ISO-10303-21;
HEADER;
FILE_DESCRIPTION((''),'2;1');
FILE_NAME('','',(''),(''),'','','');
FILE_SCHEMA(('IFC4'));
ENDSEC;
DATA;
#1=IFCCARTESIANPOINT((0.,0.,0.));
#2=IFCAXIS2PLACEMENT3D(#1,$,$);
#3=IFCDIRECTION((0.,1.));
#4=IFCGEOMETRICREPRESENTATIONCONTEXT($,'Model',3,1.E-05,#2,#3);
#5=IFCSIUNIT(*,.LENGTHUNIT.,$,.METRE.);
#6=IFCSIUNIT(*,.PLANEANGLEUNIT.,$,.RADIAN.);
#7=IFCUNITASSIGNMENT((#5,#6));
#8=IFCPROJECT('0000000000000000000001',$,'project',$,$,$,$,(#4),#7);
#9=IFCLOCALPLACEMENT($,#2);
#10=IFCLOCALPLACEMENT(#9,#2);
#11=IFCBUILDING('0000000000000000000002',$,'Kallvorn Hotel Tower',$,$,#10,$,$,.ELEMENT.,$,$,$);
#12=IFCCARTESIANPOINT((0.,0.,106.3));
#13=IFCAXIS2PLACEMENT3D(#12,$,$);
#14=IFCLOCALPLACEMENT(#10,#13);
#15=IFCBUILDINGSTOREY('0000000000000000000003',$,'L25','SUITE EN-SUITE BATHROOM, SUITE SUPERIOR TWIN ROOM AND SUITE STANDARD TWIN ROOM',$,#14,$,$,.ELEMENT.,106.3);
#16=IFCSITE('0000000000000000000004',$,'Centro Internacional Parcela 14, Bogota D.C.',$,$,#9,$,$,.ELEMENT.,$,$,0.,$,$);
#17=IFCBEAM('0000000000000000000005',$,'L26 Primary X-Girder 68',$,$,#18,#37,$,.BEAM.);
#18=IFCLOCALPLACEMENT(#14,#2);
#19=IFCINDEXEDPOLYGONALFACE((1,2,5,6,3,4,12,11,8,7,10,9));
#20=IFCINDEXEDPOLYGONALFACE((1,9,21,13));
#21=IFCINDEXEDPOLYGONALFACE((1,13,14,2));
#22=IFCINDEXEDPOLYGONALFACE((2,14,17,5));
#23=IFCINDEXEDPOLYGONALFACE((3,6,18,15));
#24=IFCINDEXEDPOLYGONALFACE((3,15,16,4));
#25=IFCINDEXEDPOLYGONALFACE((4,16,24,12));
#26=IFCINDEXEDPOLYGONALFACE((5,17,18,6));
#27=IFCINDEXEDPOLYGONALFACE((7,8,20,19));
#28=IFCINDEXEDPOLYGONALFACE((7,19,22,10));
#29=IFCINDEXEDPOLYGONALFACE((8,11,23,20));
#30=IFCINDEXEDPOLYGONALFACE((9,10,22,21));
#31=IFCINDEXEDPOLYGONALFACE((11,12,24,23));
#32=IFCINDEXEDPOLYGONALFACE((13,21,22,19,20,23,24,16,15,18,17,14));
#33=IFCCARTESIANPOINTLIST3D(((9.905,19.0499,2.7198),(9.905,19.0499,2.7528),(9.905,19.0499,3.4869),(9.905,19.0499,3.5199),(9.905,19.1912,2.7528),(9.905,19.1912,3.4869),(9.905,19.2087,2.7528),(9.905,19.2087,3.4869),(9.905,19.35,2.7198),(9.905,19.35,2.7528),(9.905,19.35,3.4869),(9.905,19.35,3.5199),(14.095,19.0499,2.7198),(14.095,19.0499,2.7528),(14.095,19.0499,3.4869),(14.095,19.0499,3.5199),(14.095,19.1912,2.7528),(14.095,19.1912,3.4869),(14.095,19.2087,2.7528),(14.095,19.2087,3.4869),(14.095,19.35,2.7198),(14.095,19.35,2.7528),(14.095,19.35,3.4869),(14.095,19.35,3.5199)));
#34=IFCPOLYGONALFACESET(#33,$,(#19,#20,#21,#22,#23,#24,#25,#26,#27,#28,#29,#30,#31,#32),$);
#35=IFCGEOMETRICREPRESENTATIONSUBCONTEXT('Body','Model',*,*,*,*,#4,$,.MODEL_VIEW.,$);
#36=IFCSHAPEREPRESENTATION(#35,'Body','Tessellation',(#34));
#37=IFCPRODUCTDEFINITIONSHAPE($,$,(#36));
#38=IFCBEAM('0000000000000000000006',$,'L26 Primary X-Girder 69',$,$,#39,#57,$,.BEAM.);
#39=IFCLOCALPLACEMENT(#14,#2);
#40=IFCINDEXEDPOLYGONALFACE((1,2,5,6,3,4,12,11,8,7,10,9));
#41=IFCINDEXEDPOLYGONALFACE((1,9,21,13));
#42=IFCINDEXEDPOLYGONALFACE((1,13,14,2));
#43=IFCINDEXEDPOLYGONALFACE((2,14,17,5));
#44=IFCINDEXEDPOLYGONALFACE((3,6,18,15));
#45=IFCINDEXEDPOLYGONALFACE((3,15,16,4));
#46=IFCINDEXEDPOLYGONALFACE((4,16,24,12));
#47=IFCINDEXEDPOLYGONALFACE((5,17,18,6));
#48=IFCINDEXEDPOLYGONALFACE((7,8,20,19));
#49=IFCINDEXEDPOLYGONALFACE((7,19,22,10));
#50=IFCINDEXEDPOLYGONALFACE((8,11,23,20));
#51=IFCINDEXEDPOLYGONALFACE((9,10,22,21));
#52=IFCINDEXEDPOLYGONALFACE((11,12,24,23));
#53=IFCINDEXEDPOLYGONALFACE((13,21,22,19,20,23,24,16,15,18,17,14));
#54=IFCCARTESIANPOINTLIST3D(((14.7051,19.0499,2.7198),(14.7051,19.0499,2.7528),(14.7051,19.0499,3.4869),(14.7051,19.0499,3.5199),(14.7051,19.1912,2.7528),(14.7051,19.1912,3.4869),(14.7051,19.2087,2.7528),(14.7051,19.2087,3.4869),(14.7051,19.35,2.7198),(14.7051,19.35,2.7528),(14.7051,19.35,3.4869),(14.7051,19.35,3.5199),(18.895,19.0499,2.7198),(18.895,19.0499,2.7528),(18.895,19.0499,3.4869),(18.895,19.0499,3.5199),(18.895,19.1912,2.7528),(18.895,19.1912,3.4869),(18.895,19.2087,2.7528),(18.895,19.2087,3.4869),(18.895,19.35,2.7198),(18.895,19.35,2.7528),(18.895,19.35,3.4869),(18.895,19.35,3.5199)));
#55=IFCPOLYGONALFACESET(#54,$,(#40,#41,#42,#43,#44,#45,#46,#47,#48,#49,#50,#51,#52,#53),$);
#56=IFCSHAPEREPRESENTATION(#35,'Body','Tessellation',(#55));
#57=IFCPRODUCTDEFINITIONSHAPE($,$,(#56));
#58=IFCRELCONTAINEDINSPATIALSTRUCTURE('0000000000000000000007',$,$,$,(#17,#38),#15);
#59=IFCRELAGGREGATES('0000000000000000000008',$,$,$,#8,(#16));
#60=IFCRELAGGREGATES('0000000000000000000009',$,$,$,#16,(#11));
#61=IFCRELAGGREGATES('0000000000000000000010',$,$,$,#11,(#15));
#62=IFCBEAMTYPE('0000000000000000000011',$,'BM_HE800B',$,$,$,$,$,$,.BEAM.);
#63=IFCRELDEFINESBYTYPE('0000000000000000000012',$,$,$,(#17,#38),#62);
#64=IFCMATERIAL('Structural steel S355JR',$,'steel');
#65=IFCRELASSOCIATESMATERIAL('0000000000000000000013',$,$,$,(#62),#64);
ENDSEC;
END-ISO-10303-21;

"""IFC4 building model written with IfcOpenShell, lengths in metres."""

from ifc_helpers import new_model, si_unit, direction, frame, origin, origin_2d, place, context, subcontext, project, spatial, i_section, extrude, material, material_profile, profile_set, type_object, element, save


model = new_model("IFC4")

# Units and contexts
model_context = context("Model", 3, precision=1e-05, world=origin(), true_north=direction((0.0, 1.0)))
body_context = subcontext(model_context, "Body", "Model", "MODEL_VIEW")
ifc_project = project(units=[si_unit("LENGTHUNIT", "METRE"), si_unit("PLANEANGLEUNIT", "RADIAN")], contexts=[model_context])

# Site, building, storey
site_placement = place(None, origin())
site = spatial("IfcSite", under=ifc_project, at=site_placement, Name="Centro Internacional Parcela 14, Bogota D.C.", CompositionType="ELEMENT", RefElevation=0.0)
building_placement = place(site_placement, origin())
building = spatial("IfcBuilding", under=site, at=building_placement, Name="Kallvorn Hotel Tower", CompositionType="ELEMENT")
storey_placement = place(building_placement, frame((0.0, 0.0, 106.3)))
storey = spatial("IfcBuildingStorey", under=building, at=storey_placement, Name="L25", Description="SUITE EN-SUITE BATHROOM, SUITE SUPERIOR TWIN ROOM AND SUITE STANDARD TWIN ROOM", CompositionType="ELEMENT", Elevation=106.3)

# Beams
ifc_material_1 = material(Name="Structural steel S355JR", Category="steel")
ifc_material_profile_1 = material_profile(ifc_material_1, i_section(OverallWidth=0.3, OverallDepth=0.8, WebThickness=0.0176, FlangeThickness=0.033, at=origin_2d()), Name="HE 800 B")
ifc_profile_set_1 = profile_set([ifc_material_profile_1], Name="Structural steel S355JR")
beam_type_1 = type_object("IfcBeamType", Name="BM_HE800B", PredefinedType="BEAM", material=ifc_profile_set_1)
for number, where, z_axis, x_axis, name in (
    (1, (9.905, 19.2, 3.1199), (1.0, 0.0, 0.0), (0.0, 1.0, 0.0), "L26 Primary X-Girder 68"),
    (2, (14.7051, 19.2, 3.1199), (1.0, 0.0, 0.0), (0.0, 1.0, 0.0), "L26 Primary X-Girder 69"),
):
    element("IfcBeam", number, at=place(storey_placement, frame(where, z_axis=z_axis, x_axis=x_axis)), inside=storey, type_object=beam_type_1, Name=name, PredefinedType="BEAM", context=body_context, shape_type="SweptSolid", body=[
        extrude(i_section(OverallWidth=0.3, OverallDepth=0.8, WebThickness=0.0176, FlangeThickness=0.033, at=origin_2d()), origin(), (0.0, 0.0, 1.0), 4.1899),
    ])

save(model, "model.ifc")
